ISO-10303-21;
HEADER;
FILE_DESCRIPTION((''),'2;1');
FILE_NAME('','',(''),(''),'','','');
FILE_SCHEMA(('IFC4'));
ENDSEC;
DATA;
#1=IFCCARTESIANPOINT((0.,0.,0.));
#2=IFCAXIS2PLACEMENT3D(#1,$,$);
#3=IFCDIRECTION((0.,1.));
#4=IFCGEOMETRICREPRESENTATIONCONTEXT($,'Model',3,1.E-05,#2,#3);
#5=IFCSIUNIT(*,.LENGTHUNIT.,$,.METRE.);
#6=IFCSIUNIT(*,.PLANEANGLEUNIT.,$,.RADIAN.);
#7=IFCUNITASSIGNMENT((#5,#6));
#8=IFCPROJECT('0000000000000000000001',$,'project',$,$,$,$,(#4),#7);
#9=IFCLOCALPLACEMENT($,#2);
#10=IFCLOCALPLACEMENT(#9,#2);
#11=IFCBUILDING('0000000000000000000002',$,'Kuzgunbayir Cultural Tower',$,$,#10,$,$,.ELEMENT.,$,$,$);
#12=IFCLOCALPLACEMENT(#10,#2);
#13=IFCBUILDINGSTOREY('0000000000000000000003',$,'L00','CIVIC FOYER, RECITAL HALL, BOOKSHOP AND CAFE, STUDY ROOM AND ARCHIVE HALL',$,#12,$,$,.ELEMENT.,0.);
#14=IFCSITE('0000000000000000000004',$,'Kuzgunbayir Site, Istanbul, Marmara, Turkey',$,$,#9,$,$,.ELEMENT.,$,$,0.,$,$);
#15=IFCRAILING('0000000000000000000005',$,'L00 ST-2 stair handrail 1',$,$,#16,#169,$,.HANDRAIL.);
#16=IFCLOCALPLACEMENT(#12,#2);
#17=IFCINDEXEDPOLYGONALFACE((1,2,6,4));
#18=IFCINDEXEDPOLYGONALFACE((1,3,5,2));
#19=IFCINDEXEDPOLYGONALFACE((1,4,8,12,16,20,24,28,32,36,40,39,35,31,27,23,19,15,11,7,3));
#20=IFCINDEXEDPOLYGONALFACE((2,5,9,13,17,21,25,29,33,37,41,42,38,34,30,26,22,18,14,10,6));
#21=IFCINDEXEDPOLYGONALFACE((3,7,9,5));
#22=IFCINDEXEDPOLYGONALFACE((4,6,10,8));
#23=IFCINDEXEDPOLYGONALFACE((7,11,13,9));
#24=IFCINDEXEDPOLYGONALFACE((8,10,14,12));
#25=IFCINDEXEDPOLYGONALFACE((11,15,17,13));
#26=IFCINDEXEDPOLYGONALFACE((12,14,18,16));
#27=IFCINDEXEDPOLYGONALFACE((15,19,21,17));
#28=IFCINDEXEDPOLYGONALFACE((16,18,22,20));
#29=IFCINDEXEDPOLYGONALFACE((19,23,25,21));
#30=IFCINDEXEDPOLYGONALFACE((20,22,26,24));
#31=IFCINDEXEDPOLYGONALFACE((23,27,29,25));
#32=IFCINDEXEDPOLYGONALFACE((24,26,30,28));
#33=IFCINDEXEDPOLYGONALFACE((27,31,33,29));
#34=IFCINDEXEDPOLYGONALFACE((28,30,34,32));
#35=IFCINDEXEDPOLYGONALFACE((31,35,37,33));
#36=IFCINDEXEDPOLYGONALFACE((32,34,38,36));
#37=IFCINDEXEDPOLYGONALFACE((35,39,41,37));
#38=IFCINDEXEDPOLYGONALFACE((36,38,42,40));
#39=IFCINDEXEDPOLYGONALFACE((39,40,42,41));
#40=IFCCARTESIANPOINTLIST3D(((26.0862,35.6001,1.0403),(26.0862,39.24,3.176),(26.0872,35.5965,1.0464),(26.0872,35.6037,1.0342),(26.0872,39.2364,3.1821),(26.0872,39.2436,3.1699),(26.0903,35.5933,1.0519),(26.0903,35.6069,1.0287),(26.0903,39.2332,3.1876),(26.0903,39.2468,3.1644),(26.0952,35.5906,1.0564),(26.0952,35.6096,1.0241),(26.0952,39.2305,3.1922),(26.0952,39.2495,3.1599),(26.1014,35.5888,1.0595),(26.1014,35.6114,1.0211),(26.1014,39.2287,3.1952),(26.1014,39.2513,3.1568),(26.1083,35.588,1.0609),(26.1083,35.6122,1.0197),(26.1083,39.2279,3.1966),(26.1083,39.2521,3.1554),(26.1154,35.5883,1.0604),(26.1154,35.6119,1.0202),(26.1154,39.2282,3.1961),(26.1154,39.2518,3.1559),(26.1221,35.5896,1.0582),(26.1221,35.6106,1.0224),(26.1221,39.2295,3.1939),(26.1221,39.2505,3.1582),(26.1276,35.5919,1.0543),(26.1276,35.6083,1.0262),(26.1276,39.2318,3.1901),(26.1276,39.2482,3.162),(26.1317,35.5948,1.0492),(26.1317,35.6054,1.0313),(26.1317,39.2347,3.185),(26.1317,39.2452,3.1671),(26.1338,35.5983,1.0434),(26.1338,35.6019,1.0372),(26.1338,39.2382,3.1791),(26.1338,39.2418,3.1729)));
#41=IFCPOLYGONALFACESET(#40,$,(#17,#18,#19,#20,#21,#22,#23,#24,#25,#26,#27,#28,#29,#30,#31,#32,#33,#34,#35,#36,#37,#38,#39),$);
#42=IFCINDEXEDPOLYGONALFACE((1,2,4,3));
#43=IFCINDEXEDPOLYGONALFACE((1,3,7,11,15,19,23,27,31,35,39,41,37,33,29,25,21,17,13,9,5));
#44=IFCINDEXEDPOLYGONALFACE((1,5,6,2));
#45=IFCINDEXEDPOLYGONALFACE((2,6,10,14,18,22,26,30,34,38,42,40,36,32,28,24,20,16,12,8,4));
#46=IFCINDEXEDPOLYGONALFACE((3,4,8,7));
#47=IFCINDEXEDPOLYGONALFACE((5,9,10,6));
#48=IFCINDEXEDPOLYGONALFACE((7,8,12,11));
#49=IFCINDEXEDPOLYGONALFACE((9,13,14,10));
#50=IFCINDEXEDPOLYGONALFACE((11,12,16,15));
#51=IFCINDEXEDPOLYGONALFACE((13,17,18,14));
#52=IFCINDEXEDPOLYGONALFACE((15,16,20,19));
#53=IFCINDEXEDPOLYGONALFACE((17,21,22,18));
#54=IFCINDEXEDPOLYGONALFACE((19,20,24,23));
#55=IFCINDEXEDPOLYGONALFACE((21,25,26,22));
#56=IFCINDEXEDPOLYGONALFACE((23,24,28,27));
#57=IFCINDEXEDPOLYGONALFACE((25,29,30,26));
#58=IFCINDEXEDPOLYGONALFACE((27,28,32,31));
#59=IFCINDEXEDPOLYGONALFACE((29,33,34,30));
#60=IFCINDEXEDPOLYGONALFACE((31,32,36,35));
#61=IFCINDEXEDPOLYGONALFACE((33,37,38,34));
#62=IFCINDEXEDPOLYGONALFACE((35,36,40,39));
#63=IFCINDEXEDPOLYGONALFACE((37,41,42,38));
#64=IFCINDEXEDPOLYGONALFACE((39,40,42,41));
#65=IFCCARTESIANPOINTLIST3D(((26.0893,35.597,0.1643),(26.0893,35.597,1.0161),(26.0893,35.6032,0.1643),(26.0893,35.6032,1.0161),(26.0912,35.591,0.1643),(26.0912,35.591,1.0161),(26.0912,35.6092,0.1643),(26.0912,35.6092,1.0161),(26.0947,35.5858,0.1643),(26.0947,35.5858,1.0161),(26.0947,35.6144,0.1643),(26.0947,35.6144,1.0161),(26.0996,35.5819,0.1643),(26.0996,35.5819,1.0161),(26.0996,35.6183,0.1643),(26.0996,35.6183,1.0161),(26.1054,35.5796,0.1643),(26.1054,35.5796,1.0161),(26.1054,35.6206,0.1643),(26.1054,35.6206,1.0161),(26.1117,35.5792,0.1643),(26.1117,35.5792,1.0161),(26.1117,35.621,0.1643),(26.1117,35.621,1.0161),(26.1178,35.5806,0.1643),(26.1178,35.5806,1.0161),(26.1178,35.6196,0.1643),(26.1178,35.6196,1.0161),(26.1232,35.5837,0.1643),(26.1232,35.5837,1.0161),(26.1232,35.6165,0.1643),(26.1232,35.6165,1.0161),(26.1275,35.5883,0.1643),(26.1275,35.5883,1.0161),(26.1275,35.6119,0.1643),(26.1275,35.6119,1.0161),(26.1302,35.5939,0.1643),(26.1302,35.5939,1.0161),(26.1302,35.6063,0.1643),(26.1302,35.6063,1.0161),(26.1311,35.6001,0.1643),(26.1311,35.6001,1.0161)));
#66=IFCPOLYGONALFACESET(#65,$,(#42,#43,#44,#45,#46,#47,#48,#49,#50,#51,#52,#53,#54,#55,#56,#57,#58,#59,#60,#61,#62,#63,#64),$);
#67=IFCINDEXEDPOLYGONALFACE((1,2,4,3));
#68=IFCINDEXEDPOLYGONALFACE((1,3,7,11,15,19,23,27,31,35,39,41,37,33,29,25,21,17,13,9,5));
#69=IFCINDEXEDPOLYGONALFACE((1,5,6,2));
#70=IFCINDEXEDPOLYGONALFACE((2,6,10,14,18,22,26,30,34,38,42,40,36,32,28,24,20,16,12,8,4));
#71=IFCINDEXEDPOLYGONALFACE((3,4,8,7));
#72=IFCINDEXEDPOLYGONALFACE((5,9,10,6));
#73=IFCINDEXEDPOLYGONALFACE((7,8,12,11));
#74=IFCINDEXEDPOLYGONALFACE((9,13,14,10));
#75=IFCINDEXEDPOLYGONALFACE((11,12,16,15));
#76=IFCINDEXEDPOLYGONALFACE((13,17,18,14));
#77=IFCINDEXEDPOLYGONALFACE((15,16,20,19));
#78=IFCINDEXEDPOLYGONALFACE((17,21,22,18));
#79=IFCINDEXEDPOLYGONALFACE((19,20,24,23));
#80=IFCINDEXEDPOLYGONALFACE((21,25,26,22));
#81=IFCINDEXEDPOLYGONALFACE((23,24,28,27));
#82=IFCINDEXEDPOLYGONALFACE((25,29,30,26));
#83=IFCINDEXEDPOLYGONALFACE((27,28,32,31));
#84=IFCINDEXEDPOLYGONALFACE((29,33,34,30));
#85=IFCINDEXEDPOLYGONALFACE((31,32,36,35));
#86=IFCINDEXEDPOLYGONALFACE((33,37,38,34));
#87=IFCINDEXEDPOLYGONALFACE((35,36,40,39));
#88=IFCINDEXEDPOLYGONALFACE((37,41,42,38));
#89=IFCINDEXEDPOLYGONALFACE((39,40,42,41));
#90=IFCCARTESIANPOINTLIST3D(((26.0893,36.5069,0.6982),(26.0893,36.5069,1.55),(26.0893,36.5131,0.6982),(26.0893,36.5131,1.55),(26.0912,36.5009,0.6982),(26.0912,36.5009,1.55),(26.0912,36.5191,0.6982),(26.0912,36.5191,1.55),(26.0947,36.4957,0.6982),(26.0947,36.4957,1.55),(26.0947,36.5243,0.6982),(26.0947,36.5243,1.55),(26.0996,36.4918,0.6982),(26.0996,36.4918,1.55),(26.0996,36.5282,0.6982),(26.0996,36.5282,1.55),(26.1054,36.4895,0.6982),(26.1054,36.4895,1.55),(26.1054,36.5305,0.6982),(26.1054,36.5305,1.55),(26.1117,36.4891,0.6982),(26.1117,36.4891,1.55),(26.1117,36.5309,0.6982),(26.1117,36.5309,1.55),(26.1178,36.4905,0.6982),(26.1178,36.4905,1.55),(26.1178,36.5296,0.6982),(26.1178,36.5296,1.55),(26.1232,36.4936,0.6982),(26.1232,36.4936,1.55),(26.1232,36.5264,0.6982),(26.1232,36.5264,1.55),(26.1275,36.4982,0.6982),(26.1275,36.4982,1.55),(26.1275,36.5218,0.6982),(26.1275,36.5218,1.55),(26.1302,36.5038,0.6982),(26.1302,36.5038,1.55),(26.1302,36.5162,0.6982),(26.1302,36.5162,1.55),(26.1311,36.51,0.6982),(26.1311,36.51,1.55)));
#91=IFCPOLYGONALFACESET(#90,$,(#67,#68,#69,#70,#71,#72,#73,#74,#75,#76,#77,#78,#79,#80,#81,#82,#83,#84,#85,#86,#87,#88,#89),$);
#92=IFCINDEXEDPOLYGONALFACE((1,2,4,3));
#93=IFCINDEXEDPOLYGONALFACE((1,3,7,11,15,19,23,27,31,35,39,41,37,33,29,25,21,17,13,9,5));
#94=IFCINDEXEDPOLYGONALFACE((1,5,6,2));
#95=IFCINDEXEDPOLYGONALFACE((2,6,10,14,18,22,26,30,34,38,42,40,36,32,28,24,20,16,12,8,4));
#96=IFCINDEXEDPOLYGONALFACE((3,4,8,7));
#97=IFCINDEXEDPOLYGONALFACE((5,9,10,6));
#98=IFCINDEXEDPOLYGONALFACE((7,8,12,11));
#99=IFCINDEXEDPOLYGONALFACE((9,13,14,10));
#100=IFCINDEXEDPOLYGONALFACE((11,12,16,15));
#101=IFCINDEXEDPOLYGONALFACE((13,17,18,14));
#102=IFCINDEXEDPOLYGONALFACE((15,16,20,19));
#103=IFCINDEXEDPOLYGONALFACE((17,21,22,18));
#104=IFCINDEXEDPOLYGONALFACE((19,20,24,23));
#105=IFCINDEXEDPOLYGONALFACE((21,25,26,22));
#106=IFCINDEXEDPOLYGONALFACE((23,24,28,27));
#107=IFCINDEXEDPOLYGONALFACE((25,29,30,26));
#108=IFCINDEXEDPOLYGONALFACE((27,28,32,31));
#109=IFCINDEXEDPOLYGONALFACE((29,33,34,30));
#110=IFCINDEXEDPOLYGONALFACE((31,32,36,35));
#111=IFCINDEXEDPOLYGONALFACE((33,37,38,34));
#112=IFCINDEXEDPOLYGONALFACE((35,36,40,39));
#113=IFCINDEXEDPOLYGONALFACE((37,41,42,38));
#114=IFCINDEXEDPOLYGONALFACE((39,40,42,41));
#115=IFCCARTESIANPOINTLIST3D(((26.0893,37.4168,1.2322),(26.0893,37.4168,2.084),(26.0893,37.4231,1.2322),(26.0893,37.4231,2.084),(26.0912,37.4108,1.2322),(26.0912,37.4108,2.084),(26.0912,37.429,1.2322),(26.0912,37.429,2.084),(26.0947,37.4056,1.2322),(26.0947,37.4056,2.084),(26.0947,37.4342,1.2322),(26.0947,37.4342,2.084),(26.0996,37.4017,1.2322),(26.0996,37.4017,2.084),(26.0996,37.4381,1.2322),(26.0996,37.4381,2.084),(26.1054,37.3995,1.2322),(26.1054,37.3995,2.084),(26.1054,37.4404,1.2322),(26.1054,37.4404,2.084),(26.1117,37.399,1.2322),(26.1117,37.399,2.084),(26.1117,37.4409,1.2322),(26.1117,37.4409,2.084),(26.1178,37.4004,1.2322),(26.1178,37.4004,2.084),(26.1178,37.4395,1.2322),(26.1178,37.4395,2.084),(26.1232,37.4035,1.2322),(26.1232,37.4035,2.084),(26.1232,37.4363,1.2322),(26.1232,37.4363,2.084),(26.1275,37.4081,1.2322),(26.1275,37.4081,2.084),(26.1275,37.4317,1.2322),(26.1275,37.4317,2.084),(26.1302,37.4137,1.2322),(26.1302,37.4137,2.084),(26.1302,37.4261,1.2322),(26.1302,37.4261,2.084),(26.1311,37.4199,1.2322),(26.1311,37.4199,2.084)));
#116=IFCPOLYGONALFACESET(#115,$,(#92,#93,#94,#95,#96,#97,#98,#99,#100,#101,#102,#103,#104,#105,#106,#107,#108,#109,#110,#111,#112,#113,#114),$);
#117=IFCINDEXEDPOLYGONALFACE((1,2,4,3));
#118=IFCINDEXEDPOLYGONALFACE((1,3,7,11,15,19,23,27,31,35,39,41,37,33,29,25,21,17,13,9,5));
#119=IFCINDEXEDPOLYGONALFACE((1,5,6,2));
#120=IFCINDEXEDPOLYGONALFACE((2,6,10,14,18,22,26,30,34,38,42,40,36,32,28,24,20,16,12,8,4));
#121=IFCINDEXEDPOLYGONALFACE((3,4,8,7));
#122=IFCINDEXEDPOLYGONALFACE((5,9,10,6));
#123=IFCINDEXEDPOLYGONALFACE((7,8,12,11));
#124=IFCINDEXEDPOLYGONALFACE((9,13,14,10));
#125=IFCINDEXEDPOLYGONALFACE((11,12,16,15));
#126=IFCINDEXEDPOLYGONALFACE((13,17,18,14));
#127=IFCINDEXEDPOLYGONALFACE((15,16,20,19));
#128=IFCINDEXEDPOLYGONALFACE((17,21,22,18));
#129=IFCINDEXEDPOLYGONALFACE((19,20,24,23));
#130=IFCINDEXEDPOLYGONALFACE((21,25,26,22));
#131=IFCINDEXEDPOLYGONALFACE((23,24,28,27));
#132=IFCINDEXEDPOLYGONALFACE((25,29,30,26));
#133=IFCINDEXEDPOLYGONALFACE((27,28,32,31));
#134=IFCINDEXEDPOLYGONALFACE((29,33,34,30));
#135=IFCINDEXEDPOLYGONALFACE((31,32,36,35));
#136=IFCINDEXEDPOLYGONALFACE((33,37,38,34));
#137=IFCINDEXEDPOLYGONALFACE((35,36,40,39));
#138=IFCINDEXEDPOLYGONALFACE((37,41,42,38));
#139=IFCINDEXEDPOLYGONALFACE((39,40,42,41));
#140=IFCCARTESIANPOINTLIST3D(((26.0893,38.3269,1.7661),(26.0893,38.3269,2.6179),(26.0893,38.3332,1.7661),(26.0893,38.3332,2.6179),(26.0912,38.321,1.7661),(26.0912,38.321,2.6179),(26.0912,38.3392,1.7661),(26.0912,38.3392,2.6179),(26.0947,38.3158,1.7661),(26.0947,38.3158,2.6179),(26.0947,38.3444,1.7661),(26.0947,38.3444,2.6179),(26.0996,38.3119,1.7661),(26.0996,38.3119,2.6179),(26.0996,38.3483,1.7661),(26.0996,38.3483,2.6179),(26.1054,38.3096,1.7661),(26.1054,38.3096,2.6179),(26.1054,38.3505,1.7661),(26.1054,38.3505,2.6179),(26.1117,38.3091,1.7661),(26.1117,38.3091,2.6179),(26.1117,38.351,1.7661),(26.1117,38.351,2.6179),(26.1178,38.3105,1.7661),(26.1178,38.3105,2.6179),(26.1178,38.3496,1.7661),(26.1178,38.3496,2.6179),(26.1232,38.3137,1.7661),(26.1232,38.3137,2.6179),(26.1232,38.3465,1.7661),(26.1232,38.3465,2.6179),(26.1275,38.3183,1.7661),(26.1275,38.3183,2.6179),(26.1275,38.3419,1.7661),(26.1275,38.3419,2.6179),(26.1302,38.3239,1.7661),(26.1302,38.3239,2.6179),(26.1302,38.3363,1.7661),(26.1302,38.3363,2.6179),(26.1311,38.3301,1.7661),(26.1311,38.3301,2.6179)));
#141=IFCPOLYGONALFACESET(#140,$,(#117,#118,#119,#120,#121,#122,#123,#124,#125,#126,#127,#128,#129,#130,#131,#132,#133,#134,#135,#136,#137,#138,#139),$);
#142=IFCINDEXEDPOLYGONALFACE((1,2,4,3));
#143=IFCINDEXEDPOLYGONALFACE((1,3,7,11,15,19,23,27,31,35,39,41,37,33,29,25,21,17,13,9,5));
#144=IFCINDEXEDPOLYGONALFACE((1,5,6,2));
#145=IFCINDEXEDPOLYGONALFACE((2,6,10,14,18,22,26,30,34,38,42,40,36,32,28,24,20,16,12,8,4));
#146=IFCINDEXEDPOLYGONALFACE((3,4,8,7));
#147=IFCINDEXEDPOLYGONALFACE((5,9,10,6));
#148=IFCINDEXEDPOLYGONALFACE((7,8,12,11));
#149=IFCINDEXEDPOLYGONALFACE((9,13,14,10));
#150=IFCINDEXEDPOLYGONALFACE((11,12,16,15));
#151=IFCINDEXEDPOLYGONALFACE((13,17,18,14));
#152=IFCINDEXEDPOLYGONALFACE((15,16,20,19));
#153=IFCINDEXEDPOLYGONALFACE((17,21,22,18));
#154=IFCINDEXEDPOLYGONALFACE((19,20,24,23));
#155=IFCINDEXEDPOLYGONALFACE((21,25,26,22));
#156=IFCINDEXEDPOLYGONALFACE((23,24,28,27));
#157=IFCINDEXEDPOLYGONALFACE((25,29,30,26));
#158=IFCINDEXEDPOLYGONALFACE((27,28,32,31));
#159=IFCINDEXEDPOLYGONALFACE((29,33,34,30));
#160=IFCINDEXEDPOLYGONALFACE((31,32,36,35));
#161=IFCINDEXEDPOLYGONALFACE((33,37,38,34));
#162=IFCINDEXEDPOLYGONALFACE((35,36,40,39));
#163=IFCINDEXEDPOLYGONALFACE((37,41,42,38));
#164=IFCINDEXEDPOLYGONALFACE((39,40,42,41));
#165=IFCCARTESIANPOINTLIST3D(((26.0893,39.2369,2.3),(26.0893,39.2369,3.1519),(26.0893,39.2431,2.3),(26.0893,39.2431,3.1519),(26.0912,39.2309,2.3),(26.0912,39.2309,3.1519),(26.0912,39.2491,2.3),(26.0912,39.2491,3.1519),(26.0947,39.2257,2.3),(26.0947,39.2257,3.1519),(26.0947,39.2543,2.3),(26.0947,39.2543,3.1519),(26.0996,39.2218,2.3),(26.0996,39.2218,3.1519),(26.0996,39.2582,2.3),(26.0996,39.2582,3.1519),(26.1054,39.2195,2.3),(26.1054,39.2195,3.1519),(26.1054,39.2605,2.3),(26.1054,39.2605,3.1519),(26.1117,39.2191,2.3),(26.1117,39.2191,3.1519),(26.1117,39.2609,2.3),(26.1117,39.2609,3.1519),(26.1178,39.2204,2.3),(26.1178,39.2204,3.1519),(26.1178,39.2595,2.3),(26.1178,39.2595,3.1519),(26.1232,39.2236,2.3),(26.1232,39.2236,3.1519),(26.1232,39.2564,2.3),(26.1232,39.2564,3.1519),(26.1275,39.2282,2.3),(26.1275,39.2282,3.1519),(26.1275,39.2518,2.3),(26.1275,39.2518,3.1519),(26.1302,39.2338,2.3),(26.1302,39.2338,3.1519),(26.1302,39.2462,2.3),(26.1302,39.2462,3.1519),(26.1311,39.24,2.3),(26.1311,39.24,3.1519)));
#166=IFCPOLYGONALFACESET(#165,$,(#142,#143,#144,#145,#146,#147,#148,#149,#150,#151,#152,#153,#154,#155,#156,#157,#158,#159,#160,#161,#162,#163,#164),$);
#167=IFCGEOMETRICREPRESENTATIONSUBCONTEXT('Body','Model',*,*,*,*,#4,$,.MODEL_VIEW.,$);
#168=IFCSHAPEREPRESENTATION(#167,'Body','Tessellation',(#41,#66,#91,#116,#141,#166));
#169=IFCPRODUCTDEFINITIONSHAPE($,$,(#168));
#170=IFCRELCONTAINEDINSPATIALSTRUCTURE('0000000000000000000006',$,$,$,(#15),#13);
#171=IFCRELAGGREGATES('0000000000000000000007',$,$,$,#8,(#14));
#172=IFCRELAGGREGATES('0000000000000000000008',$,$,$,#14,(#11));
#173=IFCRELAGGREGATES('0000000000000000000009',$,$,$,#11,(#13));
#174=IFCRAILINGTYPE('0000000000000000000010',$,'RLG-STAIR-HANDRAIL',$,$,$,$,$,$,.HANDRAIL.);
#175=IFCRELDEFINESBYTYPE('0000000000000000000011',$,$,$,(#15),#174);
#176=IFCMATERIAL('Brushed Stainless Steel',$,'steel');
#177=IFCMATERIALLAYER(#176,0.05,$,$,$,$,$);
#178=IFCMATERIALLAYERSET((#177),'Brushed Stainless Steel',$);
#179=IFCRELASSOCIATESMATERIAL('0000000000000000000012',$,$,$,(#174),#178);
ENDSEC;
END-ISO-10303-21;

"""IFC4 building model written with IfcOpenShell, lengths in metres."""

from ifc_helpers import new_model, si_unit, direction, frame, origin, origin_2d, place, context, subcontext, project, spatial, circle, extrude, material, layer, layer_set, type_object, element, save


model = new_model("IFC4")

# Units and contexts
model_context = context("Model", 3, precision=1e-05, world=origin(), true_north=direction((0.0, 1.0)))
body_context = subcontext(model_context, "Body", "Model", "MODEL_VIEW")
ifc_project = project(units=[si_unit("LENGTHUNIT", "METRE"), si_unit("PLANEANGLEUNIT", "RADIAN")], contexts=[model_context])

# Site, building, storey
site_placement = place(None, origin())
site = spatial("IfcSite", under=ifc_project, at=site_placement, Name="Kuzgunbayir Site, Istanbul, Marmara, Turkey", CompositionType="ELEMENT", RefElevation=0.0)
building_placement = place(site_placement, origin())
building = spatial("IfcBuilding", under=site, at=building_placement, Name="Kuzgunbayir Cultural Tower", CompositionType="ELEMENT")
storey_placement = place(building_placement, origin())
storey = spatial("IfcBuildingStorey", under=building, at=storey_placement, Name="L00", Description="CIVIC FOYER, RECITAL HALL, BOOKSHOP AND CAFE, STUDY ROOM AND ARCHIVE HALL", CompositionType="ELEMENT", Elevation=0.0)

# Railing
ifc_material_1 = material(Name="Brushed Stainless Steel", Category="steel")
ifc_layer_1 = layer(ifc_material_1, 0.05)
ifc_layer_set_1 = layer_set([ifc_layer_1], Name="Brushed Stainless Steel")
railing_type_1 = type_object("IfcRailingType", Name="RLG-STAIR-HANDRAIL", PredefinedType="HANDRAIL", material=ifc_layer_set_1)
railing_1_placement = place(storey_placement, frame((26.1101, 35.6001, 0.1643)))
element("IfcRailing", 1, at=railing_1_placement, inside=storey, type_object=railing_type_1, Name="L00 ST-2 stair handrail 1", PredefinedType="HANDRAIL", context=body_context, shape_type="SweptSolid", body=[
    extrude(circle(Radius=0.0239, at=origin_2d()), frame((0.0, 0.0, 0.876), z_axis=(0.0, 0.86249, 0.506074), x_axis=(-1.0, 0.0, 0.0)), (0.0, 0.0, 1.0), 4.2202),
    extrude(circle(Radius=0.021, at=origin_2d()), origin(), (0.0, 0.0, 1.0), 0.8518),
    extrude(circle(Radius=0.021, at=origin_2d()), frame((0.0, 0.9099, 0.5339)), (0.0, 0.0, 1.0), 0.8518),
    extrude(circle(Radius=0.021, at=origin_2d()), frame((0.0, 1.8198, 1.0679)), (0.0, 0.0, 1.0), 0.8518),
    extrude(circle(Radius=0.021, at=origin_2d()), frame((0.0, 2.73, 1.6018)), (0.0, 0.0, 1.0), 0.8518),
    extrude(circle(Radius=0.021, at=origin_2d()), frame((0.0, 3.6399, 2.1357)), (0.0, 0.0, 1.0), 0.8518),
])

save(model, "model.ifc")
